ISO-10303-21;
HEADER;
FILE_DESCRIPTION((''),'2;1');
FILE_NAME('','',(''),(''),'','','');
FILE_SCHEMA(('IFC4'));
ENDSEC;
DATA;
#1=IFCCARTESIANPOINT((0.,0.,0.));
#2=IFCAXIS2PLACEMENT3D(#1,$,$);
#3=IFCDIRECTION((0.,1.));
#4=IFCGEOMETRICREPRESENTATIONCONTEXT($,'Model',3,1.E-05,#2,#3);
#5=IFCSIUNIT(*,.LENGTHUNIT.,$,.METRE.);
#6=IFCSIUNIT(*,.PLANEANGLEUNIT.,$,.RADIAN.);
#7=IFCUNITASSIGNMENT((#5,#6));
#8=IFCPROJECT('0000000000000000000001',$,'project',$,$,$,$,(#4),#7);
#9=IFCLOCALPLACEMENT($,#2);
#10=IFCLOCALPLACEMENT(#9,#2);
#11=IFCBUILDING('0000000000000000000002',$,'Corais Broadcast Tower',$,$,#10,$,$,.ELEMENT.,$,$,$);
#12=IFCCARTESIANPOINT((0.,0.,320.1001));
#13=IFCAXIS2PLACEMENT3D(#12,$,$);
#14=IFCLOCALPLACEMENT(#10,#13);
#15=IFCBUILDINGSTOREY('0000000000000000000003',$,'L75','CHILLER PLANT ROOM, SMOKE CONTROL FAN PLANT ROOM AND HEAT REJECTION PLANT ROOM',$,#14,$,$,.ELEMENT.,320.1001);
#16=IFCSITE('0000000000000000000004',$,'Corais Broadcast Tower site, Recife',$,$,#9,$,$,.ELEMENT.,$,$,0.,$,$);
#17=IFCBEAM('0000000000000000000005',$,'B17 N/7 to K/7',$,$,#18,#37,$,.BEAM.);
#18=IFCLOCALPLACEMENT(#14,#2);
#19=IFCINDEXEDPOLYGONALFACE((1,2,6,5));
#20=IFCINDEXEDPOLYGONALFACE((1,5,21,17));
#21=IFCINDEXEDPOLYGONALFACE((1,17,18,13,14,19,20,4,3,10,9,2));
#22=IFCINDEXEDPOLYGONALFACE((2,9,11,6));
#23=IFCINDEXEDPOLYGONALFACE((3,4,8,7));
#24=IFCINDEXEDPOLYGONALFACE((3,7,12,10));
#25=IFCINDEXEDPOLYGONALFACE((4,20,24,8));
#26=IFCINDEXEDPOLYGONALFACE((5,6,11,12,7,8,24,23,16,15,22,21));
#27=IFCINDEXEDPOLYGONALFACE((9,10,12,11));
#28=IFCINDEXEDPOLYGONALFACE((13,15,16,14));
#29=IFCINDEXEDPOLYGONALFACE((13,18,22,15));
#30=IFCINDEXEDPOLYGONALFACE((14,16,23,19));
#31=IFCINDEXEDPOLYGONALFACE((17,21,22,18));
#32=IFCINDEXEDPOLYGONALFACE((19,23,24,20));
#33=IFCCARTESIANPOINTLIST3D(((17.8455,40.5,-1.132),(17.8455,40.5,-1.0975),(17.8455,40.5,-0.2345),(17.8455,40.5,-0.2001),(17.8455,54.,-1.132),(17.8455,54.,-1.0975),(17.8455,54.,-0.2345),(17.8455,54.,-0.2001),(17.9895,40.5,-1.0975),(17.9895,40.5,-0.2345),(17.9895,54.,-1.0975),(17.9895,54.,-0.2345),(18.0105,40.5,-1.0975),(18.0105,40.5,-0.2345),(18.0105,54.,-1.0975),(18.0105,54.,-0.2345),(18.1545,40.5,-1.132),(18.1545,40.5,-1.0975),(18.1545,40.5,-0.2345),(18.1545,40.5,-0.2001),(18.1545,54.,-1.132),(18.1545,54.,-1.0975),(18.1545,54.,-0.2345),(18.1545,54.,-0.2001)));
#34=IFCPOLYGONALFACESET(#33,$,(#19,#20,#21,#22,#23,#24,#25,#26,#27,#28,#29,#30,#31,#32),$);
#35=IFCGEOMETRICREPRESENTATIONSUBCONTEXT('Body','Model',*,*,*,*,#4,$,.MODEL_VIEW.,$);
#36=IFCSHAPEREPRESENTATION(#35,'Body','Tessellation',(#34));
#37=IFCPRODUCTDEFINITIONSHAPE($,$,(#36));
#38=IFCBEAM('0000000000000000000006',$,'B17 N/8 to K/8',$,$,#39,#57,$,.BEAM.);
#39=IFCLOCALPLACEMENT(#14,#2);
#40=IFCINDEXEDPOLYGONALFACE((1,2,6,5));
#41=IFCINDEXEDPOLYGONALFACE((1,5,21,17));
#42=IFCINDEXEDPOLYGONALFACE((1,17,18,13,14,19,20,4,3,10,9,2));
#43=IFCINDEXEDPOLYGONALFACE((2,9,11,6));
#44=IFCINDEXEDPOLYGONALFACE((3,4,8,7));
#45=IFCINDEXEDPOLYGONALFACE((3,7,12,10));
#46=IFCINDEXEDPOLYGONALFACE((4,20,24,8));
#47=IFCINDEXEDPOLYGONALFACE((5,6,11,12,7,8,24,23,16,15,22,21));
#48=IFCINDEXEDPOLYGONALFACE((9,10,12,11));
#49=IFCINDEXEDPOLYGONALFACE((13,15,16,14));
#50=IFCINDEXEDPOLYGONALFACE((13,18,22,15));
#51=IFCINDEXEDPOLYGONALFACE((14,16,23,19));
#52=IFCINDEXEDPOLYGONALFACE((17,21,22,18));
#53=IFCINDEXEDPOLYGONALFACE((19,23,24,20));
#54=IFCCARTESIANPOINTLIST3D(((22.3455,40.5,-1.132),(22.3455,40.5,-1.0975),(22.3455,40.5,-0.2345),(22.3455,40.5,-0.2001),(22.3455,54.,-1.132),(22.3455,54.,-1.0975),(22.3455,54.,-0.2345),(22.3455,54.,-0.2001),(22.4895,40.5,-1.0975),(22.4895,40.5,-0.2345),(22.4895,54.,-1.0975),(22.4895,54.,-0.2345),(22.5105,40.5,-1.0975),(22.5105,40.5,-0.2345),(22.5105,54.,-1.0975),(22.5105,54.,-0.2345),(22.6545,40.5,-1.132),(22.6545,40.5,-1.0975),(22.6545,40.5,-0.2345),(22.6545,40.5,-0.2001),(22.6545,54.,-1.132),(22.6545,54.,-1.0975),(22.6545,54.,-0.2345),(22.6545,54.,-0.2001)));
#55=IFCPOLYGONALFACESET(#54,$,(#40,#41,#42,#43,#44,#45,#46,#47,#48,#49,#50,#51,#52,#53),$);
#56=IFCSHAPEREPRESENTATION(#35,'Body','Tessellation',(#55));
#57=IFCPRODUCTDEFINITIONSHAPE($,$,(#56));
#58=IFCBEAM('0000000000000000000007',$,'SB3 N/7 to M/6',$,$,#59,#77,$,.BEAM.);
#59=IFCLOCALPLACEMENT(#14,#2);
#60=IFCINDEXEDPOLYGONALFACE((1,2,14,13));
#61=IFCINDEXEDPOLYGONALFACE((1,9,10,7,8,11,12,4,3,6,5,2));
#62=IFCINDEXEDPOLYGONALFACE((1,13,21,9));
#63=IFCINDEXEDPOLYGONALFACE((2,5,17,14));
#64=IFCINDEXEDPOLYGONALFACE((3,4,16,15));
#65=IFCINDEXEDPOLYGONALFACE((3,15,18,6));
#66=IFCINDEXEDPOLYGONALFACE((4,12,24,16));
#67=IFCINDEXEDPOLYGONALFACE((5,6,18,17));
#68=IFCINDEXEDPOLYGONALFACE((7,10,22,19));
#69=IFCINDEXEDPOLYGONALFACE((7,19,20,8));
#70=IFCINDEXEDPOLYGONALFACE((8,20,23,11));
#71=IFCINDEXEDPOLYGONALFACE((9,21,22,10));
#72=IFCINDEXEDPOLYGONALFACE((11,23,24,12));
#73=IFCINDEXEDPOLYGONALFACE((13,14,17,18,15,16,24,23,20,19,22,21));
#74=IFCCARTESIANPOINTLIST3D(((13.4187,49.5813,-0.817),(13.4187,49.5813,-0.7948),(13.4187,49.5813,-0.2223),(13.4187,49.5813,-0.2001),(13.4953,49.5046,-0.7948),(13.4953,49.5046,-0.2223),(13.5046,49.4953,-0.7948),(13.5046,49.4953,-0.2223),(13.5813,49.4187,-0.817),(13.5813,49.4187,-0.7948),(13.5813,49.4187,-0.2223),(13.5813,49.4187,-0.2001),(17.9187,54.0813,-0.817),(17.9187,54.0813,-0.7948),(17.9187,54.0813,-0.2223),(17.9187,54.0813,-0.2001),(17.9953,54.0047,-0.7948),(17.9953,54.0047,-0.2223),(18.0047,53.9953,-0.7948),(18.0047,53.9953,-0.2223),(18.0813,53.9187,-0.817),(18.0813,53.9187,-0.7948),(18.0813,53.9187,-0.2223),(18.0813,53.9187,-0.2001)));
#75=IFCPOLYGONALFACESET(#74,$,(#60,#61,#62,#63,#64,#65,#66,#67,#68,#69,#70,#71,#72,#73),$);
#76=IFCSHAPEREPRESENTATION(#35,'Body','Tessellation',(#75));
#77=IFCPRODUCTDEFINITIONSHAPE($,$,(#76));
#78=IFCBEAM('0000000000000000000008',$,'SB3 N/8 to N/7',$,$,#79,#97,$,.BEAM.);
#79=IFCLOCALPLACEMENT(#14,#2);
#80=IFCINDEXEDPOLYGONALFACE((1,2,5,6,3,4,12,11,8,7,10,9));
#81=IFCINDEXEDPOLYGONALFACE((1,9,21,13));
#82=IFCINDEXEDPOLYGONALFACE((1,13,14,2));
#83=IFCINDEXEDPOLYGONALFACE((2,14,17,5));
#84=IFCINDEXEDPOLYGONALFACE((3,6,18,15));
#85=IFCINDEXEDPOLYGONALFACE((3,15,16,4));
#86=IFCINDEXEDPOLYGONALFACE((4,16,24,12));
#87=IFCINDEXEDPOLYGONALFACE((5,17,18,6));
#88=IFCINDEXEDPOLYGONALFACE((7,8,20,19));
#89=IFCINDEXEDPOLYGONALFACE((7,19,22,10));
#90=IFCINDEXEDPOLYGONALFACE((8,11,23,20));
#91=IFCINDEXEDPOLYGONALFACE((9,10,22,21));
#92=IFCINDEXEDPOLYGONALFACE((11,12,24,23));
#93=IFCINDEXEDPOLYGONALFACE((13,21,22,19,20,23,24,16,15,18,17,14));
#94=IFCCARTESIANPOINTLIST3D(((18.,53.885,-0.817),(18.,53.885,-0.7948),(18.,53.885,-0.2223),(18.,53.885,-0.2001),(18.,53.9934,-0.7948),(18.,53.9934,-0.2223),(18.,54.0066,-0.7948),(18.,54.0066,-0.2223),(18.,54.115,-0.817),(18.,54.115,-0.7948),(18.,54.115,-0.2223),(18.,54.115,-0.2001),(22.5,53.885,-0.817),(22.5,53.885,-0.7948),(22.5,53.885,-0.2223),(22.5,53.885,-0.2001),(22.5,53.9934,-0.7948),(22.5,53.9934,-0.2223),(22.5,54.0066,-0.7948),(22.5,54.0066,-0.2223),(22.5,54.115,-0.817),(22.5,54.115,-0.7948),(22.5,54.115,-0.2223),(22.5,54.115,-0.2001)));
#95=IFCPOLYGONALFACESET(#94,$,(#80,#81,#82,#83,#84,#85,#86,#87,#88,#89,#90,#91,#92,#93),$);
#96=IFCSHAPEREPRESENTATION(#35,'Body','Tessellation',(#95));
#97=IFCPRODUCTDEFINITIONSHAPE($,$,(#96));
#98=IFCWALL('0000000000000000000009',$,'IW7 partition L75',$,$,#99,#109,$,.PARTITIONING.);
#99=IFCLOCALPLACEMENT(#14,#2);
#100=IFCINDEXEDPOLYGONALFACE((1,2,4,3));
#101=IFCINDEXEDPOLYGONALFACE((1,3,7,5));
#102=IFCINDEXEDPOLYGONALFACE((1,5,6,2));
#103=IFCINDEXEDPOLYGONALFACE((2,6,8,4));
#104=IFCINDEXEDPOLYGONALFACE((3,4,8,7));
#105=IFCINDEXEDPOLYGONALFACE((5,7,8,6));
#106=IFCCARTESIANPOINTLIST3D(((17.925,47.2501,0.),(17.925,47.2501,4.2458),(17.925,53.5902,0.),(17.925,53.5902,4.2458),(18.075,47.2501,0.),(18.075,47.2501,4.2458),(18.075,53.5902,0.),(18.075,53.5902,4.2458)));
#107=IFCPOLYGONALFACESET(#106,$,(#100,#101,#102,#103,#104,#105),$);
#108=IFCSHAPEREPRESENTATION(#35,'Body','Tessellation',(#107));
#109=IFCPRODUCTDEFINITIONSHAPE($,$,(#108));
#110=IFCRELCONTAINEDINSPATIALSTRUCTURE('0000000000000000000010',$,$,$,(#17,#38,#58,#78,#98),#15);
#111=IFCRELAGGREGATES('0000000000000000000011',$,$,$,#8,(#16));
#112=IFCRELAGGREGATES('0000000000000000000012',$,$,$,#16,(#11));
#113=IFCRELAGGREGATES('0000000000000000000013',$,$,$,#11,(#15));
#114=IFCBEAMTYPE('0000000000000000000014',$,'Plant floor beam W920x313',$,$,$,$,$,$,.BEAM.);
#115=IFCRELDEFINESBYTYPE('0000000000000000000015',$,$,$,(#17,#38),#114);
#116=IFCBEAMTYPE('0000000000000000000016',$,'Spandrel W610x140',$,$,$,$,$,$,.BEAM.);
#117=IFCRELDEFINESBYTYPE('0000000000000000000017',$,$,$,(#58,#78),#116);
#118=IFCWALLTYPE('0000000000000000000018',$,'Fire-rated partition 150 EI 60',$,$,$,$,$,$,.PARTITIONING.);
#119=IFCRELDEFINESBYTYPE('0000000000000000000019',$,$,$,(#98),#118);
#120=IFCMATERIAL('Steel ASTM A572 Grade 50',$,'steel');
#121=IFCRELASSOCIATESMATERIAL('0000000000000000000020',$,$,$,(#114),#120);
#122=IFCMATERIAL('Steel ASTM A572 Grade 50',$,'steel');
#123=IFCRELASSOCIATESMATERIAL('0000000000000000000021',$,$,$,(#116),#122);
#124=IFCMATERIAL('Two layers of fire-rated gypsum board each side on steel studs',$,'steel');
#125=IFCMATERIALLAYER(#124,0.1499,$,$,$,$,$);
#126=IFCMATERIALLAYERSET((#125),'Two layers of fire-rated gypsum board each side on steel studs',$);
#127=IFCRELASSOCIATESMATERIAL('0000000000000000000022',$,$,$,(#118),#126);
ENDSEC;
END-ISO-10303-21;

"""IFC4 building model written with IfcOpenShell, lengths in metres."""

from ifc_helpers import new_model, si_unit, direction, frame, frame_2d, origin, origin_2d, place, context, subcontext, project, spatial, rectangle, i_section, extrude, material, layer, layer_set, material_profile, profile_set, type_object, element, save


model = new_model("IFC4")

# Units and contexts
model_context = context("Model", 3, precision=1e-05, world=origin(), true_north=direction((0.0, 1.0)))
body_context = subcontext(model_context, "Body", "Model", "MODEL_VIEW")
ifc_project = project(units=[si_unit("LENGTHUNIT", "METRE"), si_unit("PLANEANGLEUNIT", "RADIAN")], contexts=[model_context])

# Site, building, storey
site_placement = place(None, origin())
site = spatial("IfcSite", under=ifc_project, at=site_placement, Name="Corais Broadcast Tower site, Recife", CompositionType="ELEMENT", RefElevation=0.0)
building_placement = place(site_placement, origin())
building = spatial("IfcBuilding", under=site, at=building_placement, Name="Corais Broadcast Tower", CompositionType="ELEMENT")
storey_placement = place(building_placement, frame((0.0, 0.0, 320.1001)))
storey = spatial("IfcBuildingStorey", under=building, at=storey_placement, Name="L75", Description="CHILLER PLANT ROOM, SMOKE CONTROL FAN PLANT ROOM AND HEAT REJECTION PLANT ROOM", CompositionType="ELEMENT", Elevation=320.1001)

# Beams
ifc_material_1 = material(Name="Steel ASTM A572 Grade 50", Category="steel")
ifc_material_profile_1 = material_profile(ifc_material_1, i_section(OverallWidth=0.3091, OverallDepth=0.9319, WebThickness=0.021, FlangeThickness=0.0344, at=origin_2d()), Name="W920x313")
ifc_profile_set_1 = profile_set([ifc_material_profile_1], Name="Steel ASTM A572 Grade 50")
beam_type_1 = type_object("IfcBeamType", Name="Plant floor beam W920x313", PredefinedType="BEAM", material=ifc_profile_set_1)
for number, where, z_axis, x_axis, name in (
    (1, (18.0, 54.0, -0.666), (0.0, -1.0, 0.0), (1.0, 0.0, 0.0), "B17 N/7 to K/7"),
    (2, (22.5, 54.0, -0.666), (0.0, -1.0, 0.0), (1.0, 0.0, 0.0), "B17 N/8 to K/8"),
):
    element("IfcBeam", number, at=place(storey_placement, frame(where, z_axis=z_axis, x_axis=x_axis)), inside=storey, type_object=beam_type_1, Name=name, PredefinedType="BEAM", context=body_context, shape_type="SweptSolid", body=[
        extrude(i_section(OverallWidth=0.3091, OverallDepth=0.9319, WebThickness=0.021, FlangeThickness=0.0344, at=origin_2d()), origin(), (0.0, 0.0, 1.0), 13.5),
    ])
ifc_material_2 = material(Name="Steel ASTM A572 Grade 50", Category="steel")
ifc_material_profile_2 = material_profile(ifc_material_2, i_section(OverallWidth=0.23, OverallDepth=0.6169, WebThickness=0.0132, FlangeThickness=0.0222, at=origin_2d()), Name="W610x140")
ifc_profile_set_2 = profile_set([ifc_material_profile_2], Name="Steel ASTM A572 Grade 50")
beam_type_2 = type_object("IfcBeamType", Name="Spandrel W610x140", PredefinedType="BEAM", material=ifc_profile_set_2)
beam_1_placement = place(storey_placement, frame((18.0, 54.0, -0.5085), z_axis=(-0.707107, -0.707107, 0.0), x_axis=(0.707107, -0.707107, 0.0)))
element("IfcBeam", 3, at=beam_1_placement, inside=storey, type_object=beam_type_2, Name="SB3 N/7 to M/6", PredefinedType="BEAM", context=body_context, shape_type="SweptSolid", body=[
    extrude(i_section(OverallWidth=0.23, OverallDepth=0.6169, WebThickness=0.0132, FlangeThickness=0.0222, at=origin_2d()), origin(), (0.0, 0.0, 1.0), 6.364),
])
beam_2_placement = place(storey_placement, frame((22.5, 54.0, -0.5085), z_axis=(-1.0, 0.0, 0.0), x_axis=(0.0, -1.0, 0.0)))
element("IfcBeam", 4, at=beam_2_placement, inside=storey, type_object=beam_type_2, Name="SB3 N/8 to N/7", PredefinedType="BEAM", context=body_context, shape_type="SweptSolid", body=[
    extrude(i_section(OverallWidth=0.23, OverallDepth=0.6169, WebThickness=0.0132, FlangeThickness=0.0222, at=origin_2d()), origin(), (0.0, 0.0, 1.0), 4.5),
])

# Wall
ifc_material_3 = material(Name="Two layers of fire-rated gypsum board each side on steel studs", Category="steel")
ifc_layer_1 = layer(ifc_material_3, 0.1499)
ifc_layer_set_1 = layer_set([ifc_layer_1], Name="Two layers of fire-rated gypsum board each side on steel studs")
wall_type_1 = type_object("IfcWallType", Name="Fire-rated partition 150 EI 60", PredefinedType="PARTITIONING", material=ifc_layer_set_1)
wall_1_placement = place(storey_placement, frame((18.0, 53.5901, 0.0), z_axis=(0.0, 0.0, 1.0), x_axis=(0.0, -1.0, 0.0)))
element("IfcWall", 5, at=wall_1_placement, inside=storey, type_object=wall_type_1, Name="IW7 partition L75", PredefinedType="PARTITIONING", context=body_context, shape_type="SweptSolid", body=[
    extrude(rectangle(XDim=6.3401, YDim=0.1499, at=frame_2d((3.1699, 0.0))), origin(), (0.0, 0.0, 1.0), 4.2458),
])

save(model, "model.ifc")
